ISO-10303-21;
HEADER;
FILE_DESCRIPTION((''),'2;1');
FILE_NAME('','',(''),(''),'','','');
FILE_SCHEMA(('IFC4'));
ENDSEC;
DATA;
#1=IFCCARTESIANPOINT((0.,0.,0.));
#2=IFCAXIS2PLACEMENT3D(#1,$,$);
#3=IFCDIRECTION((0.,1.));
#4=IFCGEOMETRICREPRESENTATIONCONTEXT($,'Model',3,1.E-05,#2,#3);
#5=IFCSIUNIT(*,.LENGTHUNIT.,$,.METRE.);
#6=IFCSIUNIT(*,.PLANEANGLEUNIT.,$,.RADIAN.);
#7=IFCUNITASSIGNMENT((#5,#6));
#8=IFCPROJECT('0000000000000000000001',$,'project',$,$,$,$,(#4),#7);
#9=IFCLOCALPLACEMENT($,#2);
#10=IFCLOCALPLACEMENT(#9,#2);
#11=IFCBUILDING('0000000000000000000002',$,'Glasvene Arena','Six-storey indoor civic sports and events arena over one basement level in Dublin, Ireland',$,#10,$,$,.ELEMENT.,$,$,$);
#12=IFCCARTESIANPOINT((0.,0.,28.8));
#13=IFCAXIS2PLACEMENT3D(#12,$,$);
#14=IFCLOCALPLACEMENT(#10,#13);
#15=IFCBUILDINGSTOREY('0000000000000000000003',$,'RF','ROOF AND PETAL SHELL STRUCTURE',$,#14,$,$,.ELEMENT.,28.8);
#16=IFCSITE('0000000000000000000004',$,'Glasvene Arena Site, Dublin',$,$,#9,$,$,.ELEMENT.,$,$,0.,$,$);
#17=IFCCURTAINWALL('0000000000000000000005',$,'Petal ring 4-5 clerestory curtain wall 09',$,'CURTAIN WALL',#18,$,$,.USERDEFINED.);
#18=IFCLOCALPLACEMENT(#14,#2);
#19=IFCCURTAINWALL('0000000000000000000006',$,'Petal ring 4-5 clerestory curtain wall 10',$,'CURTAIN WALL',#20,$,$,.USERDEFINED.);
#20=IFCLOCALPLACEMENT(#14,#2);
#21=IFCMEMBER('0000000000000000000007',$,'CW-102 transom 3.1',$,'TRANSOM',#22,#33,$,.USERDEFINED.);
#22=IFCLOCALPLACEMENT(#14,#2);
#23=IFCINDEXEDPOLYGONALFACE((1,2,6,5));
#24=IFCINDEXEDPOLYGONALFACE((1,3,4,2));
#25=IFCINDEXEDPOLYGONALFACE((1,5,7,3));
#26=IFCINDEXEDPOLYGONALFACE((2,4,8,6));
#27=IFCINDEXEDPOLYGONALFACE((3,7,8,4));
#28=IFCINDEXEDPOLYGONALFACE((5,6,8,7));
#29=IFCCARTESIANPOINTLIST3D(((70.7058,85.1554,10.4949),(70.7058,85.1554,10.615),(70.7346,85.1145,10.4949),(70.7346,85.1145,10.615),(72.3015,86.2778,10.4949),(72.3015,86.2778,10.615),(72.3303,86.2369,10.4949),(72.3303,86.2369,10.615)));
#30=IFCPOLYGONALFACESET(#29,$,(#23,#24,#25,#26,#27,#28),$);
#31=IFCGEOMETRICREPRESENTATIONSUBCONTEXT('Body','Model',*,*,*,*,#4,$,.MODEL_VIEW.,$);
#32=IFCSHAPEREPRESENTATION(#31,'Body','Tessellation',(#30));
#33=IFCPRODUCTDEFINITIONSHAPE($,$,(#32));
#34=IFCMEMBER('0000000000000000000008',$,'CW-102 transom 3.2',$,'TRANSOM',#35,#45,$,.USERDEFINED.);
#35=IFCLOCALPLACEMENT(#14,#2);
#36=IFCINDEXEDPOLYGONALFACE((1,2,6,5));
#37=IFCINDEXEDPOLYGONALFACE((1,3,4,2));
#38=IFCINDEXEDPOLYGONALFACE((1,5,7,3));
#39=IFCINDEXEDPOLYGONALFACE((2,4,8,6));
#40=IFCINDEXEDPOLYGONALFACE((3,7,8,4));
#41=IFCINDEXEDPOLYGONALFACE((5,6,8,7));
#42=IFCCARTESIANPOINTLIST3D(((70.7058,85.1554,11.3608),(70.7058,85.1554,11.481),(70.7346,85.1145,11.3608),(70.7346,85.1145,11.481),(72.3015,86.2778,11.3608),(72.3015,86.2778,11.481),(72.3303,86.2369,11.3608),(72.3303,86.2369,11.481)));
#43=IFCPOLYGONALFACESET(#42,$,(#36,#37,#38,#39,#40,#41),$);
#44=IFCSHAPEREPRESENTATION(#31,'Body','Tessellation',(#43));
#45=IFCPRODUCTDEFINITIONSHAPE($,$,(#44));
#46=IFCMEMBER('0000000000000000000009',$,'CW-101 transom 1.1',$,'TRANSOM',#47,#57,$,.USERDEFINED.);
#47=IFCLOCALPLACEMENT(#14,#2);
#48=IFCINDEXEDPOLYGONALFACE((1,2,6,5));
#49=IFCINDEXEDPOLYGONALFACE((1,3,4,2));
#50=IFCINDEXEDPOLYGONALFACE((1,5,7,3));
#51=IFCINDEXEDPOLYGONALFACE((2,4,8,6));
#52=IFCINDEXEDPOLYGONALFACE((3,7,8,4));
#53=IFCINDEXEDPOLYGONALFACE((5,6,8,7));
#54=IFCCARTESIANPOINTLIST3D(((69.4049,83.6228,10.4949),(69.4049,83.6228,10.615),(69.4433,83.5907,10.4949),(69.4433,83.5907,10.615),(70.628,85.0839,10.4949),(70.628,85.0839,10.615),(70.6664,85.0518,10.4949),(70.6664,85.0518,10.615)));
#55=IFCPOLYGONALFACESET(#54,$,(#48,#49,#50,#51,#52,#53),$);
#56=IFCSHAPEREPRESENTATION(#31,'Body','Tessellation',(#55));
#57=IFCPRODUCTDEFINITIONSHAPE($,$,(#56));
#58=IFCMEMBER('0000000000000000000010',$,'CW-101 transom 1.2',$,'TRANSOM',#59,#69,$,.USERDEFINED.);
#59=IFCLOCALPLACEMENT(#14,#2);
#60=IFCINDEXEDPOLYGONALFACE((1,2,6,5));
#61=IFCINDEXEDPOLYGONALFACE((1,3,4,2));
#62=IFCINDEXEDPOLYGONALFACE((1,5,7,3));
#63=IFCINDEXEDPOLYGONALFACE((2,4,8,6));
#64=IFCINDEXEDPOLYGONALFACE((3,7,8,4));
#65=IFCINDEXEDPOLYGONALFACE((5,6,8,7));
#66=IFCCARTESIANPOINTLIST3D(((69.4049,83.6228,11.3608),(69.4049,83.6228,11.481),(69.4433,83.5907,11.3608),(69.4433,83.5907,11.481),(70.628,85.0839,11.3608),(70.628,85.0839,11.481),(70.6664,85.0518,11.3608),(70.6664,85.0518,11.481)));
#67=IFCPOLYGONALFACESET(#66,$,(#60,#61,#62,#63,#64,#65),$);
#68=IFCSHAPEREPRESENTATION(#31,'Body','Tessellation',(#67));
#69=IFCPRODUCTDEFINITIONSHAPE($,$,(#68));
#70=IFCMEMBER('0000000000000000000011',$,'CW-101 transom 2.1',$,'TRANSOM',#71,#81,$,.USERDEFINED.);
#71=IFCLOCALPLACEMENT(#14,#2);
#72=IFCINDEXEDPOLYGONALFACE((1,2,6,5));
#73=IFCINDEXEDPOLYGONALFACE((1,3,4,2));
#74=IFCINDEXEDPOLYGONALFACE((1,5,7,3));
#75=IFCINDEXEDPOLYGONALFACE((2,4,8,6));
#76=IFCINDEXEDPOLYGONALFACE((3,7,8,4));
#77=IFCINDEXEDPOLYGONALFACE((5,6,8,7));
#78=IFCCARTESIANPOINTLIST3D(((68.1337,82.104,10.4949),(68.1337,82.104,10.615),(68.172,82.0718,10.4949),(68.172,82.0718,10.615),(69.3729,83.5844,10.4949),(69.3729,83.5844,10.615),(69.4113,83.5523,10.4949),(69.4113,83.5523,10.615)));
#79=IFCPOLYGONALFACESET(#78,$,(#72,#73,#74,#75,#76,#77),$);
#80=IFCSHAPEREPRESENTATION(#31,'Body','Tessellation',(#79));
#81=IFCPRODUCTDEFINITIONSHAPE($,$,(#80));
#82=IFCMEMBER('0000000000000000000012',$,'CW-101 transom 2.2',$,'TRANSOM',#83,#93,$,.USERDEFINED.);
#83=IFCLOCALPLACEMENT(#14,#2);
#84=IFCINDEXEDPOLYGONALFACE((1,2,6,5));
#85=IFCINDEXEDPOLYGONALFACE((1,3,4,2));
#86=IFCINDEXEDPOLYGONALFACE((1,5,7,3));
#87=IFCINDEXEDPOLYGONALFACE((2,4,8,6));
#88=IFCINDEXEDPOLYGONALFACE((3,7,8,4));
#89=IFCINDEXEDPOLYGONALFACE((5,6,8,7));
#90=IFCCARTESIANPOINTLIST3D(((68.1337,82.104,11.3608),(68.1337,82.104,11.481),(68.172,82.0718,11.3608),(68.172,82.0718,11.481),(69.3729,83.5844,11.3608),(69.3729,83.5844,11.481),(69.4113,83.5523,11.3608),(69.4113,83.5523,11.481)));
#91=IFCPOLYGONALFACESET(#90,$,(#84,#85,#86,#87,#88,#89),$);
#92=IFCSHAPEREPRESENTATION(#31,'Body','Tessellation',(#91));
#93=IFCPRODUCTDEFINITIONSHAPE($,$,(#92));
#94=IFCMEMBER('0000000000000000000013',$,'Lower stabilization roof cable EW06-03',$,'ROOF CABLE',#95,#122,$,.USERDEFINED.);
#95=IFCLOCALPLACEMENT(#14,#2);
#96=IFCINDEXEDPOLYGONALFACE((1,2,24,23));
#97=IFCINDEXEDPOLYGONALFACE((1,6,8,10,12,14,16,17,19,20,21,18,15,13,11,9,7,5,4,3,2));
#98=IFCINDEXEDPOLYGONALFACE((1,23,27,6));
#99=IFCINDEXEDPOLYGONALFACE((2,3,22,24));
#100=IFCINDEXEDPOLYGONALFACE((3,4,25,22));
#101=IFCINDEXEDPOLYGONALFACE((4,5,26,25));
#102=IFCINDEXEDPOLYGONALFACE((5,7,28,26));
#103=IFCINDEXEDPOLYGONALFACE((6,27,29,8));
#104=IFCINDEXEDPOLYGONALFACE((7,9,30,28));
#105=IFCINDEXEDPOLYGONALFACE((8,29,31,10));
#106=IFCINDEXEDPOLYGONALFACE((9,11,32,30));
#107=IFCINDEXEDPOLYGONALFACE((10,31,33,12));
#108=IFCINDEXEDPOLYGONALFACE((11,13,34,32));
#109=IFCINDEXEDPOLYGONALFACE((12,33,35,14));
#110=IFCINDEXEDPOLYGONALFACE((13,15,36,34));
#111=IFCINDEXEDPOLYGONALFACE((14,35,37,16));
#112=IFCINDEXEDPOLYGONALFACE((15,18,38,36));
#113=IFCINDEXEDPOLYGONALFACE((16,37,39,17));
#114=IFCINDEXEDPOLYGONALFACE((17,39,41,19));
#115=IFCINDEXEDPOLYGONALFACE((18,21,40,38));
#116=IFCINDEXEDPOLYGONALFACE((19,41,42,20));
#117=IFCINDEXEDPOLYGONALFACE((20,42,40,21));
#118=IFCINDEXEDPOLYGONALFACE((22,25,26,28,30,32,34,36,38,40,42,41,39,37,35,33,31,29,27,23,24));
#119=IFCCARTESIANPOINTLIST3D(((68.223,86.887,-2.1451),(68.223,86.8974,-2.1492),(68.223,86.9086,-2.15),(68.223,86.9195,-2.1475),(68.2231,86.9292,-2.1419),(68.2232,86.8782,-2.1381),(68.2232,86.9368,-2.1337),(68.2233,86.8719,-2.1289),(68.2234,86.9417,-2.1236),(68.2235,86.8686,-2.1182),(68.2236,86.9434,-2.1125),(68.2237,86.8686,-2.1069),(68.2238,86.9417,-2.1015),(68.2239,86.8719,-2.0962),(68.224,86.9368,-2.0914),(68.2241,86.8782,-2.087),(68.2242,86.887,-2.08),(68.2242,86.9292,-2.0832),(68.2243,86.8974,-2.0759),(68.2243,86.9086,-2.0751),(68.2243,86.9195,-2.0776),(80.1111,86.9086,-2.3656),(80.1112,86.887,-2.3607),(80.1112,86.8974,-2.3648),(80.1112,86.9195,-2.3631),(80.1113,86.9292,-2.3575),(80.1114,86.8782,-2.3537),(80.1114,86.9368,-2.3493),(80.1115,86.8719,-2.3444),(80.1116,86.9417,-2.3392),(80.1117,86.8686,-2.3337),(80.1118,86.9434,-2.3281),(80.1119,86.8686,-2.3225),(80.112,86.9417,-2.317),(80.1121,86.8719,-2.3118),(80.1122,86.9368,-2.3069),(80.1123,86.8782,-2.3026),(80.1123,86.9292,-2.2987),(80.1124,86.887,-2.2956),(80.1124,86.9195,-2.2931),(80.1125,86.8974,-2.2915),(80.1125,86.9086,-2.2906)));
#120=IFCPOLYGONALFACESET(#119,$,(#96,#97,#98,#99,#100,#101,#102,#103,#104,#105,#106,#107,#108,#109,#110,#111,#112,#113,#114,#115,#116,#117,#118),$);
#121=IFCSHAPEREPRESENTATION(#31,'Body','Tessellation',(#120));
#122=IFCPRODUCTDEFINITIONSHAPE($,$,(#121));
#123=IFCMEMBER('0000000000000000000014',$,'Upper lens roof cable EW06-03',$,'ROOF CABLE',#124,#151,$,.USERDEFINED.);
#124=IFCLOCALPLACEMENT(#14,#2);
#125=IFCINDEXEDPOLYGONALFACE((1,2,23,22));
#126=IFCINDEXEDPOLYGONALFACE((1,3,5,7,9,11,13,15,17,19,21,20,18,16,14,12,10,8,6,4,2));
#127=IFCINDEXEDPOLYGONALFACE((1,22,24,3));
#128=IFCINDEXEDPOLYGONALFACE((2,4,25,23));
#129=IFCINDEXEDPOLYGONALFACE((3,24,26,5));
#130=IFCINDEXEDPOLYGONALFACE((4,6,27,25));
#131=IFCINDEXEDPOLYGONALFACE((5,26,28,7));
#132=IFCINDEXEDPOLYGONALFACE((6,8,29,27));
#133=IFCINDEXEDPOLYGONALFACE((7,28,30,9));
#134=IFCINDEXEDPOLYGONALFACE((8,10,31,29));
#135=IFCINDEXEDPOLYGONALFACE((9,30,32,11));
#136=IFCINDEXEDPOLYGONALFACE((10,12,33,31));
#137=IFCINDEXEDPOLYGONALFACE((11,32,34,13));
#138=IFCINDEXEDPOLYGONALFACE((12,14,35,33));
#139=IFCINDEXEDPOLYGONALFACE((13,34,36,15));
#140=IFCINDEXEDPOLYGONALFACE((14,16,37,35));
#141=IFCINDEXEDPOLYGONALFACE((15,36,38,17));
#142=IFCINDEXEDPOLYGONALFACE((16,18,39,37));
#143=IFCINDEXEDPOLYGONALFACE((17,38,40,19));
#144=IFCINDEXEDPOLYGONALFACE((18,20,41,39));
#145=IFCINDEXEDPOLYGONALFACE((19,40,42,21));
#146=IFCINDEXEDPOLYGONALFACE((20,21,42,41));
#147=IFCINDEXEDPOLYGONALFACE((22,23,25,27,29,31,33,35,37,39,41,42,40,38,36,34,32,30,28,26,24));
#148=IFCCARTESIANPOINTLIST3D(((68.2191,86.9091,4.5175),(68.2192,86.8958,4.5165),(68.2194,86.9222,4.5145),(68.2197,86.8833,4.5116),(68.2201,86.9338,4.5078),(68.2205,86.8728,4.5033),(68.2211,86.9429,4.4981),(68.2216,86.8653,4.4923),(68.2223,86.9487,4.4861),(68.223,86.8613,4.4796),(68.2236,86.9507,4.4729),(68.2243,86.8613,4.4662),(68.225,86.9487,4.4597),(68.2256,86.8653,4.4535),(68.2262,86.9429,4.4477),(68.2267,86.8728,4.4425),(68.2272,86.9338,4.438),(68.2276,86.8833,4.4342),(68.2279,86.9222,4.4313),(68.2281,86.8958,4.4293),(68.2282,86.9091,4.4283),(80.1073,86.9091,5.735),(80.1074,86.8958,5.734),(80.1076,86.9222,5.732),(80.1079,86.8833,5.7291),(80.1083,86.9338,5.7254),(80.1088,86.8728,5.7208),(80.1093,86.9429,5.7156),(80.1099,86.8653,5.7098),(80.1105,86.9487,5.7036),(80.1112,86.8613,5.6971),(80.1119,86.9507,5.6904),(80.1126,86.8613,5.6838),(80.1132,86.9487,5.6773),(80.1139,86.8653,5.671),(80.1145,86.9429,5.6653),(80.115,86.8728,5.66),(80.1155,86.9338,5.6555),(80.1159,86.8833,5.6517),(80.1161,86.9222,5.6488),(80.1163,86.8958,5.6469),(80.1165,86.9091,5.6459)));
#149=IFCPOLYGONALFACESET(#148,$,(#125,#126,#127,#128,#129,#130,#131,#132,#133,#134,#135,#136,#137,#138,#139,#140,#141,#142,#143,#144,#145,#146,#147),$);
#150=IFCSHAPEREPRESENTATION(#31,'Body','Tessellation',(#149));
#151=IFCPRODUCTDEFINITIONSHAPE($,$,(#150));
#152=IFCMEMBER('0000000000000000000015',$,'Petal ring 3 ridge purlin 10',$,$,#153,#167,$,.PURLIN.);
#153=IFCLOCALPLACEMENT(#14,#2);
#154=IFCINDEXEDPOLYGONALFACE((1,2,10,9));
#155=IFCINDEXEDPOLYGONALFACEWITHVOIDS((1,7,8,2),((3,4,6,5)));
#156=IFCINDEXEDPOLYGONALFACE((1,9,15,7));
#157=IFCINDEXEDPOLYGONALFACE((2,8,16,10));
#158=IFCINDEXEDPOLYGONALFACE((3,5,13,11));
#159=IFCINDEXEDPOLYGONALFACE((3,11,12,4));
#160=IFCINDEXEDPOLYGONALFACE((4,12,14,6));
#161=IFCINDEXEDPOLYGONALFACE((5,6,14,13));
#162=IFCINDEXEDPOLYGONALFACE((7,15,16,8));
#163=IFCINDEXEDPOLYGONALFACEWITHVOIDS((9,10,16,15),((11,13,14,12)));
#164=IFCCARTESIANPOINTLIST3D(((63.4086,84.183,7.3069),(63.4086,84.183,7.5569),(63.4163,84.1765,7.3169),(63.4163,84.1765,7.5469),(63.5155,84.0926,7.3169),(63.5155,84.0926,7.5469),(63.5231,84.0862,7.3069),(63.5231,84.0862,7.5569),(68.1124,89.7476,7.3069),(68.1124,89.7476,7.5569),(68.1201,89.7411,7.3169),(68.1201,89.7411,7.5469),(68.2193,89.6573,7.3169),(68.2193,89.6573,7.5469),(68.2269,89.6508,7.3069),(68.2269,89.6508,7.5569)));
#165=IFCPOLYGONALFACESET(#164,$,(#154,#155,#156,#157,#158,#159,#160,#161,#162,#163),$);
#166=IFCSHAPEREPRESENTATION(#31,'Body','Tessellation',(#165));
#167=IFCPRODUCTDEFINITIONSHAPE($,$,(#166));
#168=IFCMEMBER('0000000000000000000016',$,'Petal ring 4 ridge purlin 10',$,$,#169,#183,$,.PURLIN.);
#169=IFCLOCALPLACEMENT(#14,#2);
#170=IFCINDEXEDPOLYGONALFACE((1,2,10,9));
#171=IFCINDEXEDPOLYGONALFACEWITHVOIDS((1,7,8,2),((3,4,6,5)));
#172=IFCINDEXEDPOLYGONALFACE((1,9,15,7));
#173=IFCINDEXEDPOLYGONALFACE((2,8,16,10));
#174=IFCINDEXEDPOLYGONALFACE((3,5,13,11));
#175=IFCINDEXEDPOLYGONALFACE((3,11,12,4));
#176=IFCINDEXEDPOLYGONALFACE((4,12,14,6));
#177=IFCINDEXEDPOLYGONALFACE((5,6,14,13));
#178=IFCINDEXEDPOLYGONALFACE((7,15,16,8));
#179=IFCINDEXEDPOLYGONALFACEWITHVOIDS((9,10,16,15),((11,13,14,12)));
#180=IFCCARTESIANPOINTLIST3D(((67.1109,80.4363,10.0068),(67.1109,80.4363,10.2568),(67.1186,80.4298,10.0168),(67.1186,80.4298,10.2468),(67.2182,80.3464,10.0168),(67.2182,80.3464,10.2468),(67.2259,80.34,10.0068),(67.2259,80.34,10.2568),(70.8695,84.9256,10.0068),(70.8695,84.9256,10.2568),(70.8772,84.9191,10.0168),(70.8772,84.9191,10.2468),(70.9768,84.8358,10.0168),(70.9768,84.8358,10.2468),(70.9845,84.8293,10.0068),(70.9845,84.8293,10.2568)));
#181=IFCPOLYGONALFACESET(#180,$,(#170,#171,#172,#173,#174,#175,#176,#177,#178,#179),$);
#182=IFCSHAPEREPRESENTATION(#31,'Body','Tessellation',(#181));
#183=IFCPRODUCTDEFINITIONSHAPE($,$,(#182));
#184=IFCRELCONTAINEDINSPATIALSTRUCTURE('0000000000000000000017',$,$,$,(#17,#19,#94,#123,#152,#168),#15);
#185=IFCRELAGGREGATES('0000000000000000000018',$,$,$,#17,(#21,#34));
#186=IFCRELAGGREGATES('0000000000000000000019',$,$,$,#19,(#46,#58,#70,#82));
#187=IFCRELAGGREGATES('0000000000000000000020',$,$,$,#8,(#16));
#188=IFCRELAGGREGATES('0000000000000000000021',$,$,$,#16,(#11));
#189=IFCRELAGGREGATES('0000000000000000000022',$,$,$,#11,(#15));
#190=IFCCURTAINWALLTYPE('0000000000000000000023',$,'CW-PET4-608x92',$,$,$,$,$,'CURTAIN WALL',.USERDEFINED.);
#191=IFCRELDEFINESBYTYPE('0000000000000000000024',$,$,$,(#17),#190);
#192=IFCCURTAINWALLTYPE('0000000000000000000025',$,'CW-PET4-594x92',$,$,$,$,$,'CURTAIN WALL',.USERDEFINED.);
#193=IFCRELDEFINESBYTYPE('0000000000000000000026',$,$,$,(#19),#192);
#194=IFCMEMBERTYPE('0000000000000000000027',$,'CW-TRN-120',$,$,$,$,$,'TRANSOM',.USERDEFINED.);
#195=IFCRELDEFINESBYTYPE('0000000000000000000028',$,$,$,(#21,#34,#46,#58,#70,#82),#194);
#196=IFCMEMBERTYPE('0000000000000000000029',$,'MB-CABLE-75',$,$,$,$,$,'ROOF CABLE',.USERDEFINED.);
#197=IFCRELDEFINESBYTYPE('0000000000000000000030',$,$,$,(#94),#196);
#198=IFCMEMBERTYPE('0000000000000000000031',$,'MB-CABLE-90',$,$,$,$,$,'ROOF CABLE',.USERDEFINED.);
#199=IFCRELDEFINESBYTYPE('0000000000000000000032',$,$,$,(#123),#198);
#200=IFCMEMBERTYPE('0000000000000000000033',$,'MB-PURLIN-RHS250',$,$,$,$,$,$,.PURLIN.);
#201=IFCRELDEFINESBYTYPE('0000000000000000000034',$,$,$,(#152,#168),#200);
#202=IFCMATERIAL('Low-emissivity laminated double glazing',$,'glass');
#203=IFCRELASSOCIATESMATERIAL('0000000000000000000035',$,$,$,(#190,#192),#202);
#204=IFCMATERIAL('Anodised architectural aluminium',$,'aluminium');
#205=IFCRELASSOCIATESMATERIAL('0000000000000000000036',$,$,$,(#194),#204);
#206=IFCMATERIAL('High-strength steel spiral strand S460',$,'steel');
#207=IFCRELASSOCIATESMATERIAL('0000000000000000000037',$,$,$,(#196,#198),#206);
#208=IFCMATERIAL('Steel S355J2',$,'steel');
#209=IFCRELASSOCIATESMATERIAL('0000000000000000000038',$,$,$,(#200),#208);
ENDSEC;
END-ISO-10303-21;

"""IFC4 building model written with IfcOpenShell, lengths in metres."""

from ifc_helpers import new_model, si_unit, direction, frame, origin, origin_2d, place, context, subcontext, project, spatial, rectangle, hollow_rectangle, circle, extrude, material, material_profile, profile_set, type_object, element, aggregate, save


model = new_model("IFC4")

# Units and contexts
model_context = context("Model", 3, precision=1e-05, world=origin(), true_north=direction((0.0, 1.0)))
body_context = subcontext(model_context, "Body", "Model", "MODEL_VIEW")
ifc_project = project(units=[si_unit("LENGTHUNIT", "METRE"), si_unit("PLANEANGLEUNIT", "RADIAN")], contexts=[model_context])

# Site, building, storey
site_placement = place(None, origin())
site = spatial("IfcSite", under=ifc_project, at=site_placement, Name="Glasvene Arena Site, Dublin", CompositionType="ELEMENT", RefElevation=0.0)
building_placement = place(site_placement, origin())
building = spatial("IfcBuilding", under=site, at=building_placement, Name="Glasvene Arena", Description="Six-storey indoor civic sports and events arena over one basement level in Dublin, Ireland", CompositionType="ELEMENT")
storey_placement = place(building_placement, frame((0.0, 0.0, 28.8)))
storey = spatial("IfcBuildingStorey", under=building, at=storey_placement, Name="RF", Description="ROOF AND PETAL SHELL STRUCTURE", CompositionType="ELEMENT", Elevation=28.8)

# Shared definitions
ifc_material_1 = material(Name="Low-emissivity laminated double glazing", Category="glass")
ifc_material_2 = material(Name="Anodised architectural aluminium", Category="aluminium")

# Curtain walls
curtain_wall_type_1 = type_object("IfcCurtainWallType", Name="CW-PET4-608x92", ElementType="CURTAIN WALL", PredefinedType="USERDEFINED", material=ifc_material_1)
curtain_wall_1_placement = place(storey_placement, frame((75.6499, 88.6025, 0.0)))
curtain_wall_1 = element("IfcCurtainWall", 1, at=curtain_wall_1_placement, inside=storey, type_object=curtain_wall_type_1, Name="Petal ring 4-5 clerestory curtain wall 09", ObjectType="CURTAIN WALL", PredefinedType="USERDEFINED")
curtain_wall_type_2 = type_object("IfcCurtainWallType", Name="CW-PET4-594x92", ElementType="CURTAIN WALL", PredefinedType="USERDEFINED", material=ifc_material_1)
curtain_wall_2_placement = place(storey_placement, frame((70.6794, 85.1062, 0.0)))
curtain_wall_2 = element("IfcCurtainWall", 2, at=curtain_wall_2_placement, inside=storey, type_object=curtain_wall_type_2, Name="Petal ring 4-5 clerestory curtain wall 10", ObjectType="CURTAIN WALL", PredefinedType="USERDEFINED")

# Members
ifc_material_profile_1 = material_profile(ifc_material_2, rectangle(XDim=0.05, YDim=0.1201, at=origin_2d()), Name="ALU TRANSOM 50x120")
ifc_profile_set_1 = profile_set([ifc_material_profile_1], Name="Anodised architectural aluminium")
member_type_1 = type_object("IfcMemberType", Name="CW-TRN-120", ElementType="TRANSOM", PredefinedType="USERDEFINED", material=ifc_profile_set_1)
member_1_placement = place(storey_placement, frame((72.3159, 86.2573, 10.5549), z_axis=(-0.817948, -0.575292, 0.0), x_axis=(0.575292, -0.817948, 0.0)))
member_1 = element("IfcMember", 3, at=member_1_placement, type_object=member_type_1, Name="CW-102 transom 3.1", ObjectType="TRANSOM", PredefinedType="USERDEFINED", context=body_context, shape_type="SweptSolid", body=[
    extrude(rectangle(XDim=0.05, YDim=0.1201, at=origin_2d()), origin(), (0.0, 0.0, 1.0), 1.9509),
])
member_2_placement = place(storey_placement, frame((72.3159, 86.2573, 11.4209), z_axis=(-0.817948, -0.575292, 0.0), x_axis=(0.575292, -0.817948, 0.0)))
member_2 = element("IfcMember", 4, at=member_2_placement, type_object=member_type_1, Name="CW-102 transom 3.2", ObjectType="TRANSOM", PredefinedType="USERDEFINED", context=body_context, shape_type="SweptSolid", body=[
    extrude(rectangle(XDim=0.05, YDim=0.1201, at=origin_2d()), origin(), (0.0, 0.0, 1.0), 1.9509),
])
member_3_placement = place(storey_placement, frame((70.6472, 85.0679, 10.5549), z_axis=(-0.641884, -0.766802, 0.0), x_axis=(0.766802, -0.641884, 0.0)))
member_3 = element("IfcMember", 5, at=member_3_placement, type_object=member_type_1, Name="CW-101 transom 1.1", ObjectType="TRANSOM", PredefinedType="USERDEFINED", context=body_context, shape_type="SweptSolid", body=[
    extrude(rectangle(XDim=0.05, YDim=0.1201, at=origin_2d()), origin(), (0.0, 0.0, 1.0), 1.9055),
])
member_4_placement = place(storey_placement, frame((70.6472, 85.0679, 11.4209), z_axis=(-0.641884, -0.766802, 0.0), x_axis=(0.766802, -0.641884, 0.0)))
member_4 = element("IfcMember", 6, at=member_4_placement, type_object=member_type_1, Name="CW-101 transom 1.2", ObjectType="TRANSOM", PredefinedType="USERDEFINED", context=body_context, shape_type="SweptSolid", body=[
    extrude(rectangle(XDim=0.05, YDim=0.1201, at=origin_2d()), origin(), (0.0, 0.0, 1.0), 1.9055),
])
member_5_placement = place(storey_placement, frame((69.3921, 83.5684, 10.5549), z_axis=(-0.641874, -0.76681, 0.0), x_axis=(0.76681, -0.641874, 0.0)))
member_5 = element("IfcMember", 7, at=member_5_placement, type_object=member_type_1, Name="CW-101 transom 2.1", ObjectType="TRANSOM", PredefinedType="USERDEFINED", context=body_context, shape_type="SweptSolid", body=[
    extrude(rectangle(XDim=0.05, YDim=0.1201, at=origin_2d()), origin(), (0.0, 0.0, 1.0), 1.9307),
])
member_6_placement = place(storey_placement, frame((69.3921, 83.5684, 11.4209), z_axis=(-0.641874, -0.76681, 0.0), x_axis=(0.76681, -0.641874, 0.0)))
member_6 = element("IfcMember", 8, at=member_6_placement, type_object=member_type_1, Name="CW-101 transom 2.2", ObjectType="TRANSOM", PredefinedType="USERDEFINED", context=body_context, shape_type="SweptSolid", body=[
    extrude(rectangle(XDim=0.05, YDim=0.1201, at=origin_2d()), origin(), (0.0, 0.0, 1.0), 1.9307),
])

# Members
ifc_material_3 = material(Name="High-strength steel spiral strand S460", Category="steel")
ifc_material_profile_2 = material_profile(ifc_material_3, circle(Radius=0.0376, at=origin_2d()), Name="LCSS D75")
ifc_profile_set_2 = profile_set([ifc_material_profile_2], Name="High-strength steel spiral strand S460")
member_type_2 = type_object("IfcMemberType", Name="MB-CABLE-75", ElementType="ROOF CABLE", PredefinedType="USERDEFINED", material=ifc_profile_set_2)
member_7_placement = place(storey_placement, frame((68.2236, 86.9058, -2.1125), z_axis=(0.999836, 0.0, -0.018131), x_axis=(0.0, 1.0, 0.0)))
element("IfcMember", 9, at=member_7_placement, inside=storey, type_object=member_type_2, Name="Lower stabilization roof cable EW06-03", ObjectType="ROOF CABLE", PredefinedType="USERDEFINED", context=body_context, shape_type="SweptSolid", body=[
    extrude(circle(Radius=0.0376, at=origin_2d()), origin(), (0.0, 0.0, 1.0), 11.8901),
])
ifc_material_profile_3 = material_profile(ifc_material_3, circle(Radius=0.0449, at=origin_2d()), Name="LCSS D90")
ifc_profile_set_3 = profile_set([ifc_material_profile_3], Name="High-strength steel spiral strand S460")
member_type_3 = type_object("IfcMemberType", Name="MB-CABLE-90", ElementType="ROOF CABLE", PredefinedType="USERDEFINED", material=ifc_profile_set_3)
member_8_placement = place(storey_placement, frame((68.2236, 86.9058, 4.4729), z_axis=(0.994796, 0.0, 0.101882), x_axis=(0.0, 1.0, 0.0)))
element("IfcMember", 10, at=member_8_placement, inside=storey, type_object=member_type_3, Name="Upper lens roof cable EW06-03", ObjectType="ROOF CABLE", PredefinedType="USERDEFINED", context=body_context, shape_type="SweptSolid", body=[
    extrude(circle(Radius=0.0449, at=origin_2d()), origin(), (0.0, 0.0, 1.0), 11.9504),
])
ifc_material_4 = material(Name="Steel S355J2", Category="steel")
ifc_material_profile_4 = material_profile(ifc_material_4, hollow_rectangle(XDim=0.1499, YDim=0.25, WallThickness=0.01, at=origin_2d()), Name="RHS 250x150x10.0")
ifc_profile_set_4 = profile_set([ifc_material_profile_4], Name="Steel S355J2")
member_type_4 = type_object("IfcMemberType", Name="MB-PURLIN-RHS250", PredefinedType="PURLIN", material=ifc_profile_set_4)
member_9_placement = place(storey_placement, frame((68.1697, 89.6992, 7.4319), z_axis=(-0.645564, -0.763706, 0.0), x_axis=(0.763706, -0.645564, 0.0)))
element("IfcMember", 11, at=member_9_placement, inside=storey, type_object=member_type_4, Name="Petal ring 3 ridge purlin 10", PredefinedType="PURLIN", context=body_context, shape_type="SweptSolid", body=[
    extrude(hollow_rectangle(XDim=0.1499, YDim=0.25, WallThickness=0.01, at=origin_2d()), origin(), (0.0, 0.0, 1.0), 7.2864),
])
member_10_placement = place(storey_placement, frame((70.927, 84.8774, 10.1318), z_axis=(-0.641946, -0.76675, 0.0), x_axis=(0.76675, -0.641946, 0.0)))
element("IfcMember", 12, at=member_10_placement, inside=storey, type_object=member_type_4, Name="Petal ring 4 ridge purlin 10", PredefinedType="PURLIN", context=body_context, shape_type="SweptSolid", body=[
    extrude(hollow_rectangle(XDim=0.1499, YDim=0.25, WallThickness=0.01, at=origin_2d()), origin(), (0.0, 0.0, 1.0), 5.855),
])

aggregate(curtain_wall_1, [member_1, member_2])
aggregate(curtain_wall_2, [member_3, member_4, member_5, member_6])

save(model, "model.ifc")
